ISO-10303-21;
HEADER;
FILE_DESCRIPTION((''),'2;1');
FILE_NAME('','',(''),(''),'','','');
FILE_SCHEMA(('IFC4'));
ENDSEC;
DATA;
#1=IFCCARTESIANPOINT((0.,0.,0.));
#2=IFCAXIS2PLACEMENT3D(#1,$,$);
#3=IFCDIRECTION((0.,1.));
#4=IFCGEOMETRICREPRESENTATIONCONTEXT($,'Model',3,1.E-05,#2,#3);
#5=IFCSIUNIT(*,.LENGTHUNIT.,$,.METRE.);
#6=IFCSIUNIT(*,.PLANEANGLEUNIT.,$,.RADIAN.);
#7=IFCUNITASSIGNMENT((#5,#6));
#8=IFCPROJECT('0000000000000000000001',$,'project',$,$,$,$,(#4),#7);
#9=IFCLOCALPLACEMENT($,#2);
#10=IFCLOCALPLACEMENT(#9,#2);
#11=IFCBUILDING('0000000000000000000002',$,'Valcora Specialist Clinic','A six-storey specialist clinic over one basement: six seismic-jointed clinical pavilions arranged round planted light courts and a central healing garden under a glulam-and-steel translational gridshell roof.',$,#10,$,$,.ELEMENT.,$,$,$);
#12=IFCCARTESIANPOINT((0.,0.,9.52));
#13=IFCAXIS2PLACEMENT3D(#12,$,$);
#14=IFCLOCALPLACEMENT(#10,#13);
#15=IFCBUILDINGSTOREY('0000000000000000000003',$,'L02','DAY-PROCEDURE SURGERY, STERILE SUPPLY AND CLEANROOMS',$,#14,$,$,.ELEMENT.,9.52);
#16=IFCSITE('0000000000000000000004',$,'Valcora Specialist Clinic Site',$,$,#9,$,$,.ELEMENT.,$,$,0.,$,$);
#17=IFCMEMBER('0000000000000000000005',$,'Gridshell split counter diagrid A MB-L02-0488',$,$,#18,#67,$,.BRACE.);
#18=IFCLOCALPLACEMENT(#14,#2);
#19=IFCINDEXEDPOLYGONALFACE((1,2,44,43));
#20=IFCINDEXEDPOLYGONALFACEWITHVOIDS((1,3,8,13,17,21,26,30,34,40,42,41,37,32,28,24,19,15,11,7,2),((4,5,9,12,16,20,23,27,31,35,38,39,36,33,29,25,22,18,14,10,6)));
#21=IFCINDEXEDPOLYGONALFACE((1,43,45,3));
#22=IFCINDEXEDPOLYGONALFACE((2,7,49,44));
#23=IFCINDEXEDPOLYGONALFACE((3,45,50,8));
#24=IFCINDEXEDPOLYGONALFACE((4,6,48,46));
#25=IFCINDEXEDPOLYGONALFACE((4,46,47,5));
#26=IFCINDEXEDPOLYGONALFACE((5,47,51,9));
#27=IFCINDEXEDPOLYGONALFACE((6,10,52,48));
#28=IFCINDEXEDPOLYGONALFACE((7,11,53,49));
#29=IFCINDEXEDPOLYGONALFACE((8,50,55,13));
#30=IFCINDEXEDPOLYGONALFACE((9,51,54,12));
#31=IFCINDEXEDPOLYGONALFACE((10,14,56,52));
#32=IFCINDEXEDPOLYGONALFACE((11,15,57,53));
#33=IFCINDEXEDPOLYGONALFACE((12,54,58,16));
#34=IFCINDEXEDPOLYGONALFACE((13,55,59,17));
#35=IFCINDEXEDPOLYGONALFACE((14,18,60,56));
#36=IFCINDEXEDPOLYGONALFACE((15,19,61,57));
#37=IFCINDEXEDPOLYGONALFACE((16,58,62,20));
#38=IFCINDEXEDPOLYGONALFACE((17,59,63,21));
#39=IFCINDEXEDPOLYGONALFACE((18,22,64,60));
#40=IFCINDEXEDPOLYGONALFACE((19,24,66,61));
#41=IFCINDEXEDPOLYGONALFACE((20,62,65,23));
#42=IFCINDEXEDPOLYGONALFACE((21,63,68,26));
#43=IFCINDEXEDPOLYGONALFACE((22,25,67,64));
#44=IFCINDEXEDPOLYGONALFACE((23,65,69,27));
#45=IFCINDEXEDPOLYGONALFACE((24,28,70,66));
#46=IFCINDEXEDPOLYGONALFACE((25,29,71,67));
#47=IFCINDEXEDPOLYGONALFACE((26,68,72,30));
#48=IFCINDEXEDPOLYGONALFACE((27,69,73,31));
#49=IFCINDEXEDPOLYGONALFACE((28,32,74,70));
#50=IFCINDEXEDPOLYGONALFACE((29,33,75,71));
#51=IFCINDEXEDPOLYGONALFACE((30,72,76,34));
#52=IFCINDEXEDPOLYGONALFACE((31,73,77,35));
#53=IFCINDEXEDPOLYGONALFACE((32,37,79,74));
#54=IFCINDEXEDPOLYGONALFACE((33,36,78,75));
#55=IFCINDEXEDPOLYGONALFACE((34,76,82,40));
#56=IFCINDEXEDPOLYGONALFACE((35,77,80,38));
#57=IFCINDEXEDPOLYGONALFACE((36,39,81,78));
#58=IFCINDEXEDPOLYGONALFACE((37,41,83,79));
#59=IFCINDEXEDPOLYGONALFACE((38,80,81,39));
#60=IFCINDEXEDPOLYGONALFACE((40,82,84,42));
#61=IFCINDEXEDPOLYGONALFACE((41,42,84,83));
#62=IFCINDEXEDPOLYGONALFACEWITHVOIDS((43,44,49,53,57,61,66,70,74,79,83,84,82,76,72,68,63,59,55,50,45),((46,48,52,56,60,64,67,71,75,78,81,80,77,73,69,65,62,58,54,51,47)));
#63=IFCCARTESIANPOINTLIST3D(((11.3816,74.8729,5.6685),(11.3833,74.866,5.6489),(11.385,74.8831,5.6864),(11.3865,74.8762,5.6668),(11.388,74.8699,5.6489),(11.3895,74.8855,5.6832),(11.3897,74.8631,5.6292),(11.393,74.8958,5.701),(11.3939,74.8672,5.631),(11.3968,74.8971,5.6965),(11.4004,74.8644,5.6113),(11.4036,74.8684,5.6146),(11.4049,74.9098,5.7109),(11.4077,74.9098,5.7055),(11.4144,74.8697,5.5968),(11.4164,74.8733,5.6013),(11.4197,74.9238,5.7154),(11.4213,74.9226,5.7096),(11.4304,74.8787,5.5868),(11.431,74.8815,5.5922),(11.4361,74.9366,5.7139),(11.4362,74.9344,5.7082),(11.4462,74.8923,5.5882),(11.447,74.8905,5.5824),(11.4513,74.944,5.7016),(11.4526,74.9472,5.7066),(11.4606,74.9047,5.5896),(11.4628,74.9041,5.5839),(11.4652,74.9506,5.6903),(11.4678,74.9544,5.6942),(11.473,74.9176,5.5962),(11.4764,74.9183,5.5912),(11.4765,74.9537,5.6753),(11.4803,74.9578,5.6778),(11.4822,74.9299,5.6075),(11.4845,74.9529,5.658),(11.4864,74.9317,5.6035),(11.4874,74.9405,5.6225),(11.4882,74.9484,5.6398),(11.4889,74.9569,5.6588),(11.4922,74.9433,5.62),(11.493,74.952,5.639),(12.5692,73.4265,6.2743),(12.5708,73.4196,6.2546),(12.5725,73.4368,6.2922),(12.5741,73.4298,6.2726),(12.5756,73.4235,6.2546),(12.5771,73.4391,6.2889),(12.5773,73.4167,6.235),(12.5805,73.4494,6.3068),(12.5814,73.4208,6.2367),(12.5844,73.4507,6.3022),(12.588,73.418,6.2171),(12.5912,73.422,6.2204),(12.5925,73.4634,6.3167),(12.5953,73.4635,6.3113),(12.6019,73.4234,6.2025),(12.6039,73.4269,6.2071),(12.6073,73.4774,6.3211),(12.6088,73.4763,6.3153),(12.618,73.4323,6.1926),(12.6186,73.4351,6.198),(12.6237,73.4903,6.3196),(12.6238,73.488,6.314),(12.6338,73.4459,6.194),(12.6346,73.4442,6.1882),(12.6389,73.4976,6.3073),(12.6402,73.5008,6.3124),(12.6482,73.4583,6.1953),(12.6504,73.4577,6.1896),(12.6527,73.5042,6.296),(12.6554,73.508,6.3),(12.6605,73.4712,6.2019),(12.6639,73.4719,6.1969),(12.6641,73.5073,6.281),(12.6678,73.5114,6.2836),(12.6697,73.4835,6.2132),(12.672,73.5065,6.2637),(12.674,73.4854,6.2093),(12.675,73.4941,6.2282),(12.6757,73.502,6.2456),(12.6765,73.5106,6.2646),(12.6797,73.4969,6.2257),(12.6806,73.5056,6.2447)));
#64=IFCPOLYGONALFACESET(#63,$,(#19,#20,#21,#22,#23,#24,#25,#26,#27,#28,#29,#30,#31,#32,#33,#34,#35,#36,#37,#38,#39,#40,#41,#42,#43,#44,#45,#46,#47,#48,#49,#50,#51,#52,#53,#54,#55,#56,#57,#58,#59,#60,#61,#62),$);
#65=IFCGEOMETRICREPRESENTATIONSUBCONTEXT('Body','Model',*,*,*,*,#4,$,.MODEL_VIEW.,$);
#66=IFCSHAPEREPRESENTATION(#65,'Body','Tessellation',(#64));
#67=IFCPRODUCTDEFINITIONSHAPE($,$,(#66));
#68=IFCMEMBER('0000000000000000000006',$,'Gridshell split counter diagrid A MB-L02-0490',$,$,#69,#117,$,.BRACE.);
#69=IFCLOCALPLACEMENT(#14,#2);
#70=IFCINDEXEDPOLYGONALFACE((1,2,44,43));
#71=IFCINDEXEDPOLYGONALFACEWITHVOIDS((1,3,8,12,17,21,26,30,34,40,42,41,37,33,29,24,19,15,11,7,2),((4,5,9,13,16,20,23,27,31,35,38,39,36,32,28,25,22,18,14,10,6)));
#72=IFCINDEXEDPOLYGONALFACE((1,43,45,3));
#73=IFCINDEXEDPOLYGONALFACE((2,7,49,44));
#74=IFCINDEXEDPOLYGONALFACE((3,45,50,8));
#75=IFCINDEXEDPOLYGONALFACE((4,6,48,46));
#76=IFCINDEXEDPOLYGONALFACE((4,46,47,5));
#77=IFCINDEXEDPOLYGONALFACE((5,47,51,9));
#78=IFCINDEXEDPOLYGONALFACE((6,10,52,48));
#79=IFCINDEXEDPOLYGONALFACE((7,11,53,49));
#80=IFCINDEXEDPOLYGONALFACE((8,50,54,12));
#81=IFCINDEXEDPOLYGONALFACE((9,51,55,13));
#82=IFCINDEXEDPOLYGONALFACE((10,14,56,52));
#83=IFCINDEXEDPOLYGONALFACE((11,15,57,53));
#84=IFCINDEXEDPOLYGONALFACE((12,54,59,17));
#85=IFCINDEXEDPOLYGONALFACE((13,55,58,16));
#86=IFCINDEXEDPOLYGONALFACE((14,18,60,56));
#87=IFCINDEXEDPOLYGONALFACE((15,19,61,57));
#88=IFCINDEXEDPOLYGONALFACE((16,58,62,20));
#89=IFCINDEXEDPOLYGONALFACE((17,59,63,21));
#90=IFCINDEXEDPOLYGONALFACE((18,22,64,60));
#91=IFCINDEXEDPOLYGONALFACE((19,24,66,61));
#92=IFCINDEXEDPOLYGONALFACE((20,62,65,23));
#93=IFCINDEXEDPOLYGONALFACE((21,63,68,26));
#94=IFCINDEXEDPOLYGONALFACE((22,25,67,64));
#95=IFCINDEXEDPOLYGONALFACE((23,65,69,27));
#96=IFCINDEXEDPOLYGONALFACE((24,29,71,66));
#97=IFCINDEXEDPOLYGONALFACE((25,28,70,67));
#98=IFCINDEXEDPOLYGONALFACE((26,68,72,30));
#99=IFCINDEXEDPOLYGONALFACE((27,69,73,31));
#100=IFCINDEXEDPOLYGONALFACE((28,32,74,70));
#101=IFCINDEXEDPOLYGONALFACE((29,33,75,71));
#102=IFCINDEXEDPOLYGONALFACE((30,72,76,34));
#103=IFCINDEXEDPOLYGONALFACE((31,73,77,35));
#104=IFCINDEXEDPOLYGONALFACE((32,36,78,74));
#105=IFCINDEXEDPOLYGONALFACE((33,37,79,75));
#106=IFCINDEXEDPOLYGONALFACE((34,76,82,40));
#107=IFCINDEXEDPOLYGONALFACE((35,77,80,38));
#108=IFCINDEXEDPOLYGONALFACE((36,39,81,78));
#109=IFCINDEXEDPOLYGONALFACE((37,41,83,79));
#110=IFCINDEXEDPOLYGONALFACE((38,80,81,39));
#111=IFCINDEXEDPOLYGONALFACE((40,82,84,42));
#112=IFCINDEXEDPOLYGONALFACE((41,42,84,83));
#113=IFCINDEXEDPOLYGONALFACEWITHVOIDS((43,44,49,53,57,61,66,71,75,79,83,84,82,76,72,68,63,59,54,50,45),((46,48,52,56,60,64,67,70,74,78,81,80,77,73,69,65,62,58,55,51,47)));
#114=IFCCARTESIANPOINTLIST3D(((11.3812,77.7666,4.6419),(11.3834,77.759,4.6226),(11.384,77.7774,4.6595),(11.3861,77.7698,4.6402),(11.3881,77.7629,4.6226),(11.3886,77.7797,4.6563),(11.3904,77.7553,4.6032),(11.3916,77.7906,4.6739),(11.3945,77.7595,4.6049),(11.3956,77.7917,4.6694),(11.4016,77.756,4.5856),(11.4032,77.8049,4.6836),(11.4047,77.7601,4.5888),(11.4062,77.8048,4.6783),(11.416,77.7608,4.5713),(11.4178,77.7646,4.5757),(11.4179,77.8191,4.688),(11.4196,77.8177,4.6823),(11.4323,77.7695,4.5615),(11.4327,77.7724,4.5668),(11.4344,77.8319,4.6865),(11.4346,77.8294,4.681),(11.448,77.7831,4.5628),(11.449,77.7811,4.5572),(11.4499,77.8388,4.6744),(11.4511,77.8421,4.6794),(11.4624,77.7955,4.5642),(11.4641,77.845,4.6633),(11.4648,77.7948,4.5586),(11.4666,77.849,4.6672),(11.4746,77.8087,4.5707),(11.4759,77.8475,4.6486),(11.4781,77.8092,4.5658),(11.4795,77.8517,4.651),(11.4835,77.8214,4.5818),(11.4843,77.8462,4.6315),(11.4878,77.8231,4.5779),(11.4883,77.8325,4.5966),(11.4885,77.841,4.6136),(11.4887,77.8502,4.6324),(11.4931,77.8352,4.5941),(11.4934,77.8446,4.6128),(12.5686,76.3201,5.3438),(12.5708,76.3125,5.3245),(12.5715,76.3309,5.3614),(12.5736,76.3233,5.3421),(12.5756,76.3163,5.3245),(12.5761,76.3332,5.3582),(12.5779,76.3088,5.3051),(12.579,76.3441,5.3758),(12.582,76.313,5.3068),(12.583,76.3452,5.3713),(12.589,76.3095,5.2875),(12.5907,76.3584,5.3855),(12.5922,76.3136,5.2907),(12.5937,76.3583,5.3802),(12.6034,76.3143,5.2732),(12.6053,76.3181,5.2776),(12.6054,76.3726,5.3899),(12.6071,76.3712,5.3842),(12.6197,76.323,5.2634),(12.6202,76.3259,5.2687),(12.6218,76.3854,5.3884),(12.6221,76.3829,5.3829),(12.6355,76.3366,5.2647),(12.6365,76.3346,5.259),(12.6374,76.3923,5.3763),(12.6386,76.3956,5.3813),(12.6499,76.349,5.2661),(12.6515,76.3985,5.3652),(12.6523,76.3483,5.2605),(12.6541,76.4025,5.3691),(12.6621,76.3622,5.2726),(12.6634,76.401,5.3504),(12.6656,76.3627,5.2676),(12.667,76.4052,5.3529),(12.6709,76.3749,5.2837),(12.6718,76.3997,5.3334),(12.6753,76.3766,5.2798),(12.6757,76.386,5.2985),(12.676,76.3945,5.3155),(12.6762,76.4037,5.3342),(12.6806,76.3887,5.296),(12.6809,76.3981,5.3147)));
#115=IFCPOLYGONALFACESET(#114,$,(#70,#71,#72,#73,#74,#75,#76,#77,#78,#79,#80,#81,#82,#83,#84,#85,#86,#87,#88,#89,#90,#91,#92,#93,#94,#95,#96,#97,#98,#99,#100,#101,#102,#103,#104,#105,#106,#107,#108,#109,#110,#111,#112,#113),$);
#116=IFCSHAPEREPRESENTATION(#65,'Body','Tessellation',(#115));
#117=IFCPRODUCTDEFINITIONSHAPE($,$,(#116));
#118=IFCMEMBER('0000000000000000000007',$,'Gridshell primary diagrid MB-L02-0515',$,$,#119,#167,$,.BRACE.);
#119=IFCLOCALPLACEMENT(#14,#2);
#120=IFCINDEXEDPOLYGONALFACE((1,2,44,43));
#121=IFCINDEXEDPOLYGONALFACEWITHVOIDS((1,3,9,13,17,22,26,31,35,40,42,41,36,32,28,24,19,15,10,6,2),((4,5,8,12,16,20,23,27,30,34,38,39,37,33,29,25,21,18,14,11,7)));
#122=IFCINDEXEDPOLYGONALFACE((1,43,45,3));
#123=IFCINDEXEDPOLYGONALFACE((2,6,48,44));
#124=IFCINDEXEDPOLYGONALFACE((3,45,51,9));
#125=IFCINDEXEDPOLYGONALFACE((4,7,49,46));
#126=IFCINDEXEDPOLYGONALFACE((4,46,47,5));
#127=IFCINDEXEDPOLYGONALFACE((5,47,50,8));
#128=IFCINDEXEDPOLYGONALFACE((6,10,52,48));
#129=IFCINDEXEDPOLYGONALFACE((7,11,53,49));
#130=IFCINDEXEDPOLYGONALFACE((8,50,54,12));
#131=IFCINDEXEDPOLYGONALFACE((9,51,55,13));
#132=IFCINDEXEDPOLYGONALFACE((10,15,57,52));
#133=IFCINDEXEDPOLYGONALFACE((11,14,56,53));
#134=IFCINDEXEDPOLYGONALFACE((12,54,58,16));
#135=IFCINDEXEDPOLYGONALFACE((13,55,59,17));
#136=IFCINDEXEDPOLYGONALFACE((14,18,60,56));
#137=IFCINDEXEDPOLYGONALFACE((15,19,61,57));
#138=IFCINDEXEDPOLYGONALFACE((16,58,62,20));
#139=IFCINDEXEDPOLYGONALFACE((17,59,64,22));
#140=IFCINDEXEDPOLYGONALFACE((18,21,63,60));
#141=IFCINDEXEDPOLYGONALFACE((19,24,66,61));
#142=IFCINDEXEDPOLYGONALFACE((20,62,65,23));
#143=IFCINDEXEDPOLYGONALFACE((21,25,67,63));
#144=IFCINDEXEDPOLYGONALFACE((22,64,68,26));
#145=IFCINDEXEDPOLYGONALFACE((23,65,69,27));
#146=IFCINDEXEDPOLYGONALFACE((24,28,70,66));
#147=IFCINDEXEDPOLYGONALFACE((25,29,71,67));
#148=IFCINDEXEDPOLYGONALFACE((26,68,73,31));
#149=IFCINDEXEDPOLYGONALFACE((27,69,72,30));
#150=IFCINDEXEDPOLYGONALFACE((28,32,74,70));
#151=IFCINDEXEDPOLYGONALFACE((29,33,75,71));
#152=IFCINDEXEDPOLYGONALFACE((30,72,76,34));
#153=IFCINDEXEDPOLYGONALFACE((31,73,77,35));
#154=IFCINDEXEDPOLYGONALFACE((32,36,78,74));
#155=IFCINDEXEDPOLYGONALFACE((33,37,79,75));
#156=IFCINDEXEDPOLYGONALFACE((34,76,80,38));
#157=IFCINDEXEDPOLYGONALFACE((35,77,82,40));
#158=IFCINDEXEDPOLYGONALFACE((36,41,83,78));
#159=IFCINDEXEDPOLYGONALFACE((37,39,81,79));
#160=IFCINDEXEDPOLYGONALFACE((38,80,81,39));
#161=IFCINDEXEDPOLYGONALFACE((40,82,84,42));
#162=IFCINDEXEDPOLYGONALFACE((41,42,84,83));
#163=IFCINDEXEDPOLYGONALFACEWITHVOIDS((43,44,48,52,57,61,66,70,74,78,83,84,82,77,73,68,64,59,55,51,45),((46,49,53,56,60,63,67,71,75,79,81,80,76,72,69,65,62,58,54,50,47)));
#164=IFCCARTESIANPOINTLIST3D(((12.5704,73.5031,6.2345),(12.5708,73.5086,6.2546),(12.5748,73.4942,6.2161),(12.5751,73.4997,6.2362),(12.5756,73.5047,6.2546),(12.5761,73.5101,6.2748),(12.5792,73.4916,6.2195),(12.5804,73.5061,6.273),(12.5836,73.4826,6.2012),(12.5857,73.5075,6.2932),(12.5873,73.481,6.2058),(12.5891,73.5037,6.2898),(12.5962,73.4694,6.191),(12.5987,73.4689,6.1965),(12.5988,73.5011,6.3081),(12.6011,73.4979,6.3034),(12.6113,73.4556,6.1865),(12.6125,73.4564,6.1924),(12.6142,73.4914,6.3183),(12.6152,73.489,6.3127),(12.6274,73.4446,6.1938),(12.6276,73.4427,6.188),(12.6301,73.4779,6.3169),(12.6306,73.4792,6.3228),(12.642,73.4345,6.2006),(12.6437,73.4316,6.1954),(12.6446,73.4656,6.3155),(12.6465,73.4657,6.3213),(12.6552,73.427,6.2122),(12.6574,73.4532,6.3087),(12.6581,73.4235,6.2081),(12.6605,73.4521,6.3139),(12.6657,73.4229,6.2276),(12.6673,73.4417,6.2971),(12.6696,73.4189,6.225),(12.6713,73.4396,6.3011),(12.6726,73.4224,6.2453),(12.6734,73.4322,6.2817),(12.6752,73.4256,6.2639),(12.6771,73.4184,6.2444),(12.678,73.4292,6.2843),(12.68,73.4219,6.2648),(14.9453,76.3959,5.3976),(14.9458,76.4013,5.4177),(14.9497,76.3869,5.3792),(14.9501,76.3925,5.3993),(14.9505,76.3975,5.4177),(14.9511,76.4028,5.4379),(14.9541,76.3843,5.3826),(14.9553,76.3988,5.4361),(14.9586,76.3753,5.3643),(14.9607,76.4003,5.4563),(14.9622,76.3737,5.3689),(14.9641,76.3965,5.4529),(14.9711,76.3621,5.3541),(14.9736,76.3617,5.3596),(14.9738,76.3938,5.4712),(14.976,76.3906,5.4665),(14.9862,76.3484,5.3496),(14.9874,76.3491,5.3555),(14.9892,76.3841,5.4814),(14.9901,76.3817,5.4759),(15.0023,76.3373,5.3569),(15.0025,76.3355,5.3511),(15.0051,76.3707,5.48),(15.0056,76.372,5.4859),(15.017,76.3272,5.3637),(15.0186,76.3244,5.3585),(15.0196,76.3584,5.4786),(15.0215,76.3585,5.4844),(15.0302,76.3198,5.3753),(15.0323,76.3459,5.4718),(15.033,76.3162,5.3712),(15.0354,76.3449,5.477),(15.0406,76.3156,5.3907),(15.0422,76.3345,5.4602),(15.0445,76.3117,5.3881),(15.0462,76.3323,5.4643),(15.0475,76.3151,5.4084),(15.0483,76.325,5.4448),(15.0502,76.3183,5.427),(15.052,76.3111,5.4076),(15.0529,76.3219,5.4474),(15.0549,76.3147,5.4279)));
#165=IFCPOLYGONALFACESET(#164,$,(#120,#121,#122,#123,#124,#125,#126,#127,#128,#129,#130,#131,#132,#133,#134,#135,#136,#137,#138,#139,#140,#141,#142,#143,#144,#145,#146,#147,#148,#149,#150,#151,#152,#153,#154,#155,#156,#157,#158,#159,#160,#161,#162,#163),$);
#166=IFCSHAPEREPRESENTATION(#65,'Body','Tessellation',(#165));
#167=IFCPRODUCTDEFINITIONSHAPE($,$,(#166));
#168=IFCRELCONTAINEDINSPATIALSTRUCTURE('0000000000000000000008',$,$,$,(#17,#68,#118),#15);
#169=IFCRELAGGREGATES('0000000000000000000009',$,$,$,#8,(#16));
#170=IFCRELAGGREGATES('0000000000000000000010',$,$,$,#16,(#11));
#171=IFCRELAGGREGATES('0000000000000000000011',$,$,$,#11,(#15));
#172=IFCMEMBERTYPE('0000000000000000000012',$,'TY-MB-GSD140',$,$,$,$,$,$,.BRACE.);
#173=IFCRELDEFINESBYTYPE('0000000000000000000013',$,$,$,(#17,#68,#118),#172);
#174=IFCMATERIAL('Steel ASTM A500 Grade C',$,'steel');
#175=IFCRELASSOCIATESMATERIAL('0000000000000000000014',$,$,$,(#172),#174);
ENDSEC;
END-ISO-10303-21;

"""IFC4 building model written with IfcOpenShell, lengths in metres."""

from ifc_helpers import new_model, si_unit, direction, frame, origin, origin_2d, place, context, subcontext, project, spatial, hollow_circle, extrude, material, material_profile, profile_set, type_object, element, save


model = new_model("IFC4")

# Units and contexts
model_context = context("Model", 3, precision=1e-05, world=origin(), true_north=direction((0.0, 1.0)))
body_context = subcontext(model_context, "Body", "Model", "MODEL_VIEW")
ifc_project = project(units=[si_unit("LENGTHUNIT", "METRE"), si_unit("PLANEANGLEUNIT", "RADIAN")], contexts=[model_context])

# Site, building, storey
site_placement = place(None, origin())
site = spatial("IfcSite", under=ifc_project, at=site_placement, Name="Valcora Specialist Clinic Site", CompositionType="ELEMENT", RefElevation=0.0)
building_placement = place(site_placement, origin())
building = spatial("IfcBuilding", under=site, at=building_placement, Name="Valcora Specialist Clinic", Description="A six-storey specialist clinic over one basement: six seismic-jointed clinical pavilions arranged round planted light courts and a central healing garden under a glulam-and-steel translational gridshell roof.", CompositionType="ELEMENT")
storey_placement = place(building_placement, frame((0.0, 0.0, 9.52)))
storey = spatial("IfcBuildingStorey", under=building, at=storey_placement, Name="L02", Description="DAY-PROCEDURE SURGERY, STERILE SUPPLY AND CLEANROOMS", CompositionType="ELEMENT", Elevation=9.52)

# Members
ifc_material_1 = material(Name="Steel ASTM A500 Grade C", Category="steel")
ifc_material_profile_1 = material_profile(ifc_material_1, hollow_circle(Radius=0.0701, WallThickness=0.0061, at=origin_2d()), Name="ST-CHS-140X6")
ifc_profile_set_1 = profile_set([ifc_material_profile_1], Name="Steel ASTM A500 Grade C")
member_type_1 = type_object("IfcMemberType", Name="TY-MB-GSD140", PredefinedType="BRACE", material=ifc_profile_set_1)
member_1_placement = place(storey_placement, frame((12.625, 73.4641, 6.2546), z_axis=(-0.603734, 0.735304, -0.307949), x_axis=(-0.772863, -0.634572, 0.0)))
element("IfcMember", 1, at=member_1_placement, inside=storey, type_object=member_type_1, Name="Gridshell split counter diagrid A MB-L02-0488", PredefinedType="BRACE", context=body_context, shape_type="SweptSolid", body=[
    extrude(hollow_circle(Radius=0.0701, WallThickness=0.0061, at=origin_2d()), origin(), (0.0, 0.0, 1.0), 1.967),
])
member_2_placement = place(storey_placement, frame((12.625, 76.3569, 5.3245), z_axis=(-0.5941, 0.723693, -0.351159), x_axis=(-0.772916, -0.634508, 0.0)))
element("IfcMember", 2, at=member_2_placement, inside=storey, type_object=member_type_1, Name="Gridshell split counter diagrid A MB-L02-0490", PredefinedType="BRACE", context=body_context, shape_type="SweptSolid", body=[
    extrude(hollow_circle(Radius=0.0701, WallThickness=0.0061, at=origin_2d()), origin(), (0.0, 0.0, 1.0), 1.9988),
])
member_3_placement = place(storey_placement, frame((12.625, 73.4641, 6.2546), z_axis=(0.619249, 0.754264, -0.218214), x_axis=(-0.77289, 0.63454, 0.0)))
element("IfcMember", 3, at=member_3_placement, inside=storey, type_object=member_type_1, Name="Gridshell primary diagrid MB-L02-0515", PredefinedType="BRACE", context=body_context, shape_type="SweptSolid", body=[
    extrude(hollow_circle(Radius=0.0701, WallThickness=0.0061, at=origin_2d()), origin(), (0.0, 0.0, 1.0), 3.8352),
])

save(model, "model.ifc")
